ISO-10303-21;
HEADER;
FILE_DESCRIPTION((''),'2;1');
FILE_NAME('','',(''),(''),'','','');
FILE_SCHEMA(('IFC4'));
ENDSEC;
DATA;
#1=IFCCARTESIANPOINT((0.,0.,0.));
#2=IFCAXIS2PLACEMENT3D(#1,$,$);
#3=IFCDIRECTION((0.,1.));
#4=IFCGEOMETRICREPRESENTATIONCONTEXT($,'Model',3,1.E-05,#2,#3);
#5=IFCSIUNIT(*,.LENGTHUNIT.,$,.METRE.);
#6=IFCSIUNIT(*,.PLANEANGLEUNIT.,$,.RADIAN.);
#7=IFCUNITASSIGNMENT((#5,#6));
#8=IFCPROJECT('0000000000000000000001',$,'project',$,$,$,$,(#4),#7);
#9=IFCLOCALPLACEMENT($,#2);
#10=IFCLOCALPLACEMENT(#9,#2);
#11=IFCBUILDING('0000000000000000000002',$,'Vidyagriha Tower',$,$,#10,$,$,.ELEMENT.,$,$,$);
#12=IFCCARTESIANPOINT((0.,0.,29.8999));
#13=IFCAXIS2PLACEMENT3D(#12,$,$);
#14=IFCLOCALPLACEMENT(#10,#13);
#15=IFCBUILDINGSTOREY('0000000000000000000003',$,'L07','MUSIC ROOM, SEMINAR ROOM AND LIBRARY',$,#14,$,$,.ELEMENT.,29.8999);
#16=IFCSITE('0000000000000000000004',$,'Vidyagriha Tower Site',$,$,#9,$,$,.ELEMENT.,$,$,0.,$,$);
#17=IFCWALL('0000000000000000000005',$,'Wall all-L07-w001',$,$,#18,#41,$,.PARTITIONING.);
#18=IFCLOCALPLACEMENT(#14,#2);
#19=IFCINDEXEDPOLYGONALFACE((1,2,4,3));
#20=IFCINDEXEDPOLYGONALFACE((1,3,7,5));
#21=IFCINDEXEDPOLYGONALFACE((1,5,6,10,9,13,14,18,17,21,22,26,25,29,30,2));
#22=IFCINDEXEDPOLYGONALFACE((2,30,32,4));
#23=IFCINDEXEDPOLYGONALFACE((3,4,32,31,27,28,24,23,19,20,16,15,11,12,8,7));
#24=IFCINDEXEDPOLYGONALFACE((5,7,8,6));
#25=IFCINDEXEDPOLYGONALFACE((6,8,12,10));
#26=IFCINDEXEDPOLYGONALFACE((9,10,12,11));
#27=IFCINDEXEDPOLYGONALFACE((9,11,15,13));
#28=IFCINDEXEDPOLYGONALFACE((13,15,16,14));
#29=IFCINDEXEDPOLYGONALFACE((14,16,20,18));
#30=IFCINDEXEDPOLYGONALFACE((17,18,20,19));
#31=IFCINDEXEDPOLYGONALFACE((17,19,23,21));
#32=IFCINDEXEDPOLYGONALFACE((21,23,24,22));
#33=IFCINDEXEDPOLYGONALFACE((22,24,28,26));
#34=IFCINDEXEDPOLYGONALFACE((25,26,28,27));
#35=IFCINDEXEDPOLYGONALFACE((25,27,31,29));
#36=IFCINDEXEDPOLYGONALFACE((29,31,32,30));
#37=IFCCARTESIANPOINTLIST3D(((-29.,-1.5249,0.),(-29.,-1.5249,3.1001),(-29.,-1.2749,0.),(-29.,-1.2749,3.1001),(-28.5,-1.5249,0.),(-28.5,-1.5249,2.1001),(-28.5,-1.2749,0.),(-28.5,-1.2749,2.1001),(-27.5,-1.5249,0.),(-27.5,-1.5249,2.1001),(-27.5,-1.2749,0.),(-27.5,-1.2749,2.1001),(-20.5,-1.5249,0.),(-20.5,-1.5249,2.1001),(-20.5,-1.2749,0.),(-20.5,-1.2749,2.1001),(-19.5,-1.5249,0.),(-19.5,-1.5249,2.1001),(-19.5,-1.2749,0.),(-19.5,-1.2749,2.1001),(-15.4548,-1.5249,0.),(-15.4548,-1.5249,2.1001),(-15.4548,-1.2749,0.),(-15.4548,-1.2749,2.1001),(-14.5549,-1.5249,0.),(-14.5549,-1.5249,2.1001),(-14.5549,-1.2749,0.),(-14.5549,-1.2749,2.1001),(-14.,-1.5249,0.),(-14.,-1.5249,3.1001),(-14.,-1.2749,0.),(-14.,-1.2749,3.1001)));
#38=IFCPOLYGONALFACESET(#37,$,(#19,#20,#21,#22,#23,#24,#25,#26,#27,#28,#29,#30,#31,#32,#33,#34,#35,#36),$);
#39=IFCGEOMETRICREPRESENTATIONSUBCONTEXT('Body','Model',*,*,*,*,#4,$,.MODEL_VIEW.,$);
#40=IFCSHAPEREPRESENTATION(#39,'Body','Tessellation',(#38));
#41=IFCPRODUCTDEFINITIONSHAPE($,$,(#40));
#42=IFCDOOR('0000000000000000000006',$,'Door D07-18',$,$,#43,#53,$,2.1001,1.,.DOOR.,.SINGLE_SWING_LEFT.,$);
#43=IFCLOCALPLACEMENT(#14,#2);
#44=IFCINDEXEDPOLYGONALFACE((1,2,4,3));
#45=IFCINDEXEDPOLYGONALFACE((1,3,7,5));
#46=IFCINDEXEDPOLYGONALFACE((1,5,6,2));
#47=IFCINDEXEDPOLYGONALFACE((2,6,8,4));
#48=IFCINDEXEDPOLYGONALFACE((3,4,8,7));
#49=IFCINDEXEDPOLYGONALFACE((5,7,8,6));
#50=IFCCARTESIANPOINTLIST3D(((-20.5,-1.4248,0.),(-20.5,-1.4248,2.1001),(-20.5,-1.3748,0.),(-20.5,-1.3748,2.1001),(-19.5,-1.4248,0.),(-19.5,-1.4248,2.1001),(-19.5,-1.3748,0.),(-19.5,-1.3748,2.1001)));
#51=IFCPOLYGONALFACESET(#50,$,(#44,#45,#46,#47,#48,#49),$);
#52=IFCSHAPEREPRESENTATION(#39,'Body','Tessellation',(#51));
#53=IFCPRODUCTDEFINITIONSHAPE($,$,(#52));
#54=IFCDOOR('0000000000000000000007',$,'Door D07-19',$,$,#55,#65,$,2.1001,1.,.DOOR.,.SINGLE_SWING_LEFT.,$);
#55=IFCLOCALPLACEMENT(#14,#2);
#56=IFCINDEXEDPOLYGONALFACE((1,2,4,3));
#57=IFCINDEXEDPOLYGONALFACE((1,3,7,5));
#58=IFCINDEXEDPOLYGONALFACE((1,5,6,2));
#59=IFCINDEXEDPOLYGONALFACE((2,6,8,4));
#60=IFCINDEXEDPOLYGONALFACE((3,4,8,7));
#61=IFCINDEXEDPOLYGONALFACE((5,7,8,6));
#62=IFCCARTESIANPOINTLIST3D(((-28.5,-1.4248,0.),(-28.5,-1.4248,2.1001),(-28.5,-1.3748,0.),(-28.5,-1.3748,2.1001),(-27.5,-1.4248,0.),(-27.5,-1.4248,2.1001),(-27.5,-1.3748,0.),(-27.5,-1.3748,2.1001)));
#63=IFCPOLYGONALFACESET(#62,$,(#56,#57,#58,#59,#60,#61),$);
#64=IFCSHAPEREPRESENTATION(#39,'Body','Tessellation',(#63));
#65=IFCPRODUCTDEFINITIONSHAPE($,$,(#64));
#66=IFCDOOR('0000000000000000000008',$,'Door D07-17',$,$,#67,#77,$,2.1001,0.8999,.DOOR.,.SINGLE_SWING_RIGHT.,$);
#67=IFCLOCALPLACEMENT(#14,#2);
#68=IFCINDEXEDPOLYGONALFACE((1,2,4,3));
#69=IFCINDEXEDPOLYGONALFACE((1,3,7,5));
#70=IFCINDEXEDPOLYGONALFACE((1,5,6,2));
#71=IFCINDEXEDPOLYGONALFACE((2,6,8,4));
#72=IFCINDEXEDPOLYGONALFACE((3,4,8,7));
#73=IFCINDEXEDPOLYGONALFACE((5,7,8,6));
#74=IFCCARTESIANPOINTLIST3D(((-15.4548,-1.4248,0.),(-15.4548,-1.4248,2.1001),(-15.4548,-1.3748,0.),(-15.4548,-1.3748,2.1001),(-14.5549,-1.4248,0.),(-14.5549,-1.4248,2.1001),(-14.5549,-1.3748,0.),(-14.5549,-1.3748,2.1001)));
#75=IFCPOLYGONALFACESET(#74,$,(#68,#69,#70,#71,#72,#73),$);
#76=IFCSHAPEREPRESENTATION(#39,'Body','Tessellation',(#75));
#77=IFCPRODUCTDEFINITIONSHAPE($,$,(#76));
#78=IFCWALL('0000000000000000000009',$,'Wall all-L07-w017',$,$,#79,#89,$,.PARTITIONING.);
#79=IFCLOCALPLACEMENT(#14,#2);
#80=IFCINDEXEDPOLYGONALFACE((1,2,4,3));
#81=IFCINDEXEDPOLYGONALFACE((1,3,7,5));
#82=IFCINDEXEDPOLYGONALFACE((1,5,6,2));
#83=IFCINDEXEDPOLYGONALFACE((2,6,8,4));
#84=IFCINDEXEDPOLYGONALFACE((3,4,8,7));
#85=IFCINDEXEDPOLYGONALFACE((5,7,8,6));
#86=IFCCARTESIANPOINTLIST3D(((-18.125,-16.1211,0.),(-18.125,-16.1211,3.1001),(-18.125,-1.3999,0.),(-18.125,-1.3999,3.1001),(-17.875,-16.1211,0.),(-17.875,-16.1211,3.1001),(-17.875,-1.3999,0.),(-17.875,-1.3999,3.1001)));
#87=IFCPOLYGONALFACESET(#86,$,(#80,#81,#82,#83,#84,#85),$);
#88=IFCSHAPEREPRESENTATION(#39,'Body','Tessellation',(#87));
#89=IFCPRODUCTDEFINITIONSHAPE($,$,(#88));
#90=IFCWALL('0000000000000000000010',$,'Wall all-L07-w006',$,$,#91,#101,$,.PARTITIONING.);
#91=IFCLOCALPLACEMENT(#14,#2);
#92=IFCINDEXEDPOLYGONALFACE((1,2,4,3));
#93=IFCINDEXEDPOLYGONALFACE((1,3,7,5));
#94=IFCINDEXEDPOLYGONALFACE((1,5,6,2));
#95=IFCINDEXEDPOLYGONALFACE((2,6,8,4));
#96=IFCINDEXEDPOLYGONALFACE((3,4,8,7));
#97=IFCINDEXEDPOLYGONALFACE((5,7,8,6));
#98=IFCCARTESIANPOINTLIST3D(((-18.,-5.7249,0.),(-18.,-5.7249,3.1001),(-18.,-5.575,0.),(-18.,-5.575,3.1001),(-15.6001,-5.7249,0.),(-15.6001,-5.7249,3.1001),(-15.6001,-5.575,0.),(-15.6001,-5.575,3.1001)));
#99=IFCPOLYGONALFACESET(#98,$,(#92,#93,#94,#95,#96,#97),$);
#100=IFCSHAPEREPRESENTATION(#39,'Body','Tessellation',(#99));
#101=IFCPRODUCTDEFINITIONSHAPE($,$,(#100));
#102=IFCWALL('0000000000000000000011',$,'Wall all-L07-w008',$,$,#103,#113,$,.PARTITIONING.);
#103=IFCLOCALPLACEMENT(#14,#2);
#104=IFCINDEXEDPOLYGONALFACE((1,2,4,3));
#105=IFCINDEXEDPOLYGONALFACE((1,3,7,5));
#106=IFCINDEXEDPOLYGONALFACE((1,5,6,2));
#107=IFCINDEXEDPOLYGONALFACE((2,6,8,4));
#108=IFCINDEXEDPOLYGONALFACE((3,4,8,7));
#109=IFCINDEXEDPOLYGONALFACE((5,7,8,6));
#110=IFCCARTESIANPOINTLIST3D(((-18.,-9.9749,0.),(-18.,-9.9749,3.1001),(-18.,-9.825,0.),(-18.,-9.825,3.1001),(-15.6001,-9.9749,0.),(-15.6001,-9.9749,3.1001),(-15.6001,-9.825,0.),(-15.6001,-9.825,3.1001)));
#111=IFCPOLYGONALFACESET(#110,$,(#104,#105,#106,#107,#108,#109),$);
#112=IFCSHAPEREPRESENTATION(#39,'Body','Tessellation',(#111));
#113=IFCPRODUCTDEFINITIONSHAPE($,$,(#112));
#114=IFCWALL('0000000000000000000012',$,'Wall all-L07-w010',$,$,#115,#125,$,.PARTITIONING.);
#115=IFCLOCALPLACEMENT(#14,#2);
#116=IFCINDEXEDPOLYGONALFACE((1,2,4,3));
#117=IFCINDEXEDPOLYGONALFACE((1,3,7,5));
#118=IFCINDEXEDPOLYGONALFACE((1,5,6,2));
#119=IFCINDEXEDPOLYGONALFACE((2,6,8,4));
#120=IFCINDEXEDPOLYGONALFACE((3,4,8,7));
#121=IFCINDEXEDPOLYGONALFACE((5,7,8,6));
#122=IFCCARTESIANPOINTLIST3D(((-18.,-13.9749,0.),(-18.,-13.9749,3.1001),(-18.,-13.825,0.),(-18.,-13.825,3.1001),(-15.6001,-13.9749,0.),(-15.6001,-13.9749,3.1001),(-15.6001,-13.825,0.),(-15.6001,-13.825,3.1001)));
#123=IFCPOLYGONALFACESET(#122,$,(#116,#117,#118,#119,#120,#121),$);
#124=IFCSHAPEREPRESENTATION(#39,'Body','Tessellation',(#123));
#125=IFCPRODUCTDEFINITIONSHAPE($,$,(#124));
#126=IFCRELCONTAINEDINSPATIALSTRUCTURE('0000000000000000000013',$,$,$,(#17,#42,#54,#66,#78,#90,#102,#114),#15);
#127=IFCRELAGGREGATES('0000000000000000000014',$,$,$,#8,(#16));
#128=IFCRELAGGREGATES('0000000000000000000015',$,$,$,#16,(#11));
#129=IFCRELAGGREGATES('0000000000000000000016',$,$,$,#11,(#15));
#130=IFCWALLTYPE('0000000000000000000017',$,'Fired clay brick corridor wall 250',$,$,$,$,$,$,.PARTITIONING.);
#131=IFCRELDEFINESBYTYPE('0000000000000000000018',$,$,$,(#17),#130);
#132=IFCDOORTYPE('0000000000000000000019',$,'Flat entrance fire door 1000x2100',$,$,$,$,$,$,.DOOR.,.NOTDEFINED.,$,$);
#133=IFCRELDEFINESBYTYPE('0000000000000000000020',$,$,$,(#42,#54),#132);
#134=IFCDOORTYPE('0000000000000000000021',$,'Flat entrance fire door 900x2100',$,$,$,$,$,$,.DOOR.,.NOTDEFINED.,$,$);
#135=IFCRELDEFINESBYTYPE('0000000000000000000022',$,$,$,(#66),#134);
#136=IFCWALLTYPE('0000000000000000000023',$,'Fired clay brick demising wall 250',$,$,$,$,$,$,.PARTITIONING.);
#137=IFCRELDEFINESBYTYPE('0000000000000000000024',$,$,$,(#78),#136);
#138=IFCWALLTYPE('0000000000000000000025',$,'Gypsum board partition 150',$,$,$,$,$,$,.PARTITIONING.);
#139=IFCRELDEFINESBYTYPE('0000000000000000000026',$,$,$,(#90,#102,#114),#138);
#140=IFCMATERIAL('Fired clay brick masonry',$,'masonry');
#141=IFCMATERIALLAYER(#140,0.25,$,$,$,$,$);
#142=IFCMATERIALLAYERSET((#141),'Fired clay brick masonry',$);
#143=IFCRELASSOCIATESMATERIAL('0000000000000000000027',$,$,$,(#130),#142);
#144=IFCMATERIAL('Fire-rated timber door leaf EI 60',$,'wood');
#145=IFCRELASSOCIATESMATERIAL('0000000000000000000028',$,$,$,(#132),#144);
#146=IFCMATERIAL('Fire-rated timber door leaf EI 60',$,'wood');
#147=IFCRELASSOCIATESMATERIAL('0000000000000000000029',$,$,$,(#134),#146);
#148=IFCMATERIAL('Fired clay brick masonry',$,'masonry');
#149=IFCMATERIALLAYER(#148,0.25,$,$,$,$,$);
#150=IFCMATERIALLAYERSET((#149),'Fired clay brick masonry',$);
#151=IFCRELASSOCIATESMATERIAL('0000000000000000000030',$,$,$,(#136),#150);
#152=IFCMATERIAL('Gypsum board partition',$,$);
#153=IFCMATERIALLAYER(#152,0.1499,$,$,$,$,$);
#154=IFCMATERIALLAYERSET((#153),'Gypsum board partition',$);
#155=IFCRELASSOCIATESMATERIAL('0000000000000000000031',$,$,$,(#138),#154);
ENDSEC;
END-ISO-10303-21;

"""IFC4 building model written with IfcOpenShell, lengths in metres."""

from ifc_helpers import new_model, si_unit, direction, frame, frame_2d, origin, place, context, subcontext, project, spatial, rectangle, extrude, material, layer, layer_set, type_object, element, fill, save


model = new_model("IFC4")

# Units and contexts
model_context = context("Model", 3, precision=1e-05, world=origin(), true_north=direction((0.0, 1.0)))
body_context = subcontext(model_context, "Body", "Model", "MODEL_VIEW")
ifc_project = project(units=[si_unit("LENGTHUNIT", "METRE"), si_unit("PLANEANGLEUNIT", "RADIAN")], contexts=[model_context])

# Site, building, storey
site_placement = place(None, origin())
site = spatial("IfcSite", under=ifc_project, at=site_placement, Name="Vidyagriha Tower Site", CompositionType="ELEMENT", RefElevation=0.0)
building_placement = place(site_placement, origin())
building = spatial("IfcBuilding", under=site, at=building_placement, Name="Vidyagriha Tower", CompositionType="ELEMENT")
storey_placement = place(building_placement, frame((0.0, 0.0, 29.8999)))
storey = spatial("IfcBuildingStorey", under=building, at=storey_placement, Name="L07", Description="MUSIC ROOM, SEMINAR ROOM AND LIBRARY", CompositionType="ELEMENT", Elevation=29.8999)

# Wall, openings, doors
ifc_material_1 = material(Name="Fired clay brick masonry", Category="masonry")
ifc_layer_1 = layer(ifc_material_1, 0.25)
ifc_layer_set_1 = layer_set([ifc_layer_1], Name="Fired clay brick masonry")
wall_type_1 = type_object("IfcWallType", Name="Fired clay brick corridor wall 250", PredefinedType="PARTITIONING", material=ifc_layer_set_1)
wall_1_placement = place(storey_placement, frame((-14.0, -1.3999, 0.0), z_axis=(0.0, 0.0, 1.0), x_axis=(-1.0, 0.0, 0.0)))
wall_1 = element("IfcWall", 1, at=wall_1_placement, inside=storey, type_object=wall_type_1, Name="Wall all-L07-w001", PredefinedType="PARTITIONING", context=body_context, shape_type="SweptSolid", body=[
    extrude(rectangle(XDim=15.0, YDim=0.25, at=frame_2d((7.5, 0.0))), origin(), (0.0, 0.0, 1.0), 3.1001),
])
opening_1_placement = place(wall_1_placement, frame((0.5549, 0.0, 0.0)))
opening_1 = element("IfcOpeningElement", 2, at=opening_1_placement, cuts=wall_1, PredefinedType="OPENING", context=body_context, shape_type="SweptSolid", body=[
    extrude(rectangle(XDim=0.8999, YDim=2.1001, at=frame_2d((0.45, 1.05))), frame((0.0, 0.135, 0.0), z_axis=(0.0, -1.0, 0.0), x_axis=(1.0, 0.0, 0.0)), (0.0, 0.0, 1.0), 0.27),
])
opening_2_placement = place(wall_1_placement, frame((5.5, 0.0, 0.0)))
opening_2 = element("IfcOpeningElement", 3, at=opening_2_placement, cuts=wall_1, PredefinedType="OPENING", context=body_context, shape_type="SweptSolid", body=[
    extrude(rectangle(XDim=1.0, YDim=2.1001, at=frame_2d((0.5, 1.05))), frame((0.0, 0.135, 0.0), z_axis=(0.0, -1.0, 0.0), x_axis=(1.0, 0.0, 0.0)), (0.0, 0.0, 1.0), 0.27),
])
opening_3_placement = place(wall_1_placement, frame((13.5, 0.0, 0.0)))
opening_3 = element("IfcOpeningElement", 4, at=opening_3_placement, cuts=wall_1, PredefinedType="OPENING", context=body_context, shape_type="SweptSolid", body=[
    extrude(rectangle(XDim=1.0, YDim=2.1001, at=frame_2d((0.5, 1.05))), frame((0.0, 0.135, 0.0), z_axis=(0.0, -1.0, 0.0), x_axis=(1.0, 0.0, 0.0)), (0.0, 0.0, 1.0), 0.27),
])
ifc_material_2 = material(Name="Fire-rated timber door leaf EI 60", Category="wood")
door_type_1 = type_object("IfcDoorType", Name="Flat entrance fire door 1000x2100", OperationType="NOTDEFINED", PredefinedType="DOOR", material=ifc_material_2)
door_1_placement = place(opening_2_placement, origin())
door_1 = element("IfcDoor", 5, at=door_1_placement, inside=storey, type_object=door_type_1, Name="Door D07-18", OperationType="SINGLE_SWING_LEFT", OverallHeight=2.1001, OverallWidth=1.0, PredefinedType="DOOR", context=body_context, shape_type="SweptSolid", body=[
    extrude(rectangle(XDim=1.0, YDim=2.1001, at=frame_2d((0.5, 1.05))), frame((0.0, 0.0249, 0.0), z_axis=(0.0, -1.0, 0.0), x_axis=(1.0, 0.0, 0.0)), (0.0, 0.0, 1.0), 0.05),
])
fill(opening_2, door_1)
door_2_placement = place(opening_3_placement, origin())
door_2 = element("IfcDoor", 6, at=door_2_placement, inside=storey, type_object=door_type_1, Name="Door D07-19", OperationType="SINGLE_SWING_LEFT", OverallHeight=2.1001, OverallWidth=1.0, PredefinedType="DOOR", context=body_context, shape_type="SweptSolid", body=[
    extrude(rectangle(XDim=1.0, YDim=2.1001, at=frame_2d((0.5, 1.05))), frame((0.0, 0.0249, 0.0), z_axis=(0.0, -1.0, 0.0), x_axis=(1.0, 0.0, 0.0)), (0.0, 0.0, 1.0), 0.05),
])
fill(opening_3, door_2)
ifc_material_3 = material(Name="Fire-rated timber door leaf EI 60", Category="wood")
door_type_2 = type_object("IfcDoorType", Name="Flat entrance fire door 900x2100", OperationType="NOTDEFINED", PredefinedType="DOOR", material=ifc_material_3)
door_3_placement = place(opening_1_placement, origin())
door_3 = element("IfcDoor", 7, at=door_3_placement, inside=storey, type_object=door_type_2, Name="Door D07-17", OperationType="SINGLE_SWING_RIGHT", OverallHeight=2.1001, OverallWidth=0.8999, PredefinedType="DOOR", context=body_context, shape_type="SweptSolid", body=[
    extrude(rectangle(XDim=0.8999, YDim=2.1001, at=frame_2d((0.45, 1.05))), frame((0.0, 0.0249, 0.0), z_axis=(0.0, -1.0, 0.0), x_axis=(1.0, 0.0, 0.0)), (0.0, 0.0, 1.0), 0.05),
])
fill(opening_1, door_3)

# Walls
ifc_material_4 = material(Name="Fired clay brick masonry", Category="masonry")
ifc_layer_2 = layer(ifc_material_4, 0.25)
ifc_layer_set_2 = layer_set([ifc_layer_2], Name="Fired clay brick masonry")
wall_type_2 = type_object("IfcWallType", Name="Fired clay brick demising wall 250", PredefinedType="PARTITIONING", material=ifc_layer_set_2)
wall_2_placement = place(storey_placement, frame((-18.0, -1.3999, 0.0), z_axis=(0.0, 0.0, 1.0), x_axis=(0.0, -1.0, 0.0)))
element("IfcWall", 8, at=wall_2_placement, inside=storey, type_object=wall_type_2, Name="Wall all-L07-w017", PredefinedType="PARTITIONING", context=body_context, shape_type="SweptSolid", body=[
    extrude(rectangle(XDim=14.7212, YDim=0.25, at=frame_2d((7.3606, 0.0))), origin(), (0.0, 0.0, 1.0), 3.1001),
])
ifc_material_5 = material(Name="Gypsum board partition")
ifc_layer_3 = layer(ifc_material_5, 0.1499)
ifc_layer_set_3 = layer_set([ifc_layer_3], Name="Gypsum board partition")
wall_type_3 = type_object("IfcWallType", Name="Gypsum board partition 150", PredefinedType="PARTITIONING", material=ifc_layer_set_3)
for number, where, z_axis, x_axis, name in (
    (9, (-15.6001, -5.6499, 0.0), (0.0, 0.0, 1.0), (-1.0, 0.0, 0.0), "Wall all-L07-w006"),
    (10, (-15.6001, -9.8999, 0.0), (0.0, 0.0, 1.0), (-1.0, 0.0, 0.0), "Wall all-L07-w008"),
    (11, (-15.6001, -13.8999, 0.0), (0.0, 0.0, 1.0), (-1.0, 0.0, 0.0), "Wall all-L07-w010"),
):
    element("IfcWall", number, at=place(storey_placement, frame(where, z_axis=z_axis, x_axis=x_axis)), inside=storey, type_object=wall_type_3, Name=name, PredefinedType="PARTITIONING", context=body_context, shape_type="SweptSolid", body=[
        extrude(rectangle(XDim=2.3999, YDim=0.1499, at=frame_2d((1.2, 0.0))), origin(), (0.0, 0.0, 1.0), 3.1001),
    ])

save(model, "model.ifc")
